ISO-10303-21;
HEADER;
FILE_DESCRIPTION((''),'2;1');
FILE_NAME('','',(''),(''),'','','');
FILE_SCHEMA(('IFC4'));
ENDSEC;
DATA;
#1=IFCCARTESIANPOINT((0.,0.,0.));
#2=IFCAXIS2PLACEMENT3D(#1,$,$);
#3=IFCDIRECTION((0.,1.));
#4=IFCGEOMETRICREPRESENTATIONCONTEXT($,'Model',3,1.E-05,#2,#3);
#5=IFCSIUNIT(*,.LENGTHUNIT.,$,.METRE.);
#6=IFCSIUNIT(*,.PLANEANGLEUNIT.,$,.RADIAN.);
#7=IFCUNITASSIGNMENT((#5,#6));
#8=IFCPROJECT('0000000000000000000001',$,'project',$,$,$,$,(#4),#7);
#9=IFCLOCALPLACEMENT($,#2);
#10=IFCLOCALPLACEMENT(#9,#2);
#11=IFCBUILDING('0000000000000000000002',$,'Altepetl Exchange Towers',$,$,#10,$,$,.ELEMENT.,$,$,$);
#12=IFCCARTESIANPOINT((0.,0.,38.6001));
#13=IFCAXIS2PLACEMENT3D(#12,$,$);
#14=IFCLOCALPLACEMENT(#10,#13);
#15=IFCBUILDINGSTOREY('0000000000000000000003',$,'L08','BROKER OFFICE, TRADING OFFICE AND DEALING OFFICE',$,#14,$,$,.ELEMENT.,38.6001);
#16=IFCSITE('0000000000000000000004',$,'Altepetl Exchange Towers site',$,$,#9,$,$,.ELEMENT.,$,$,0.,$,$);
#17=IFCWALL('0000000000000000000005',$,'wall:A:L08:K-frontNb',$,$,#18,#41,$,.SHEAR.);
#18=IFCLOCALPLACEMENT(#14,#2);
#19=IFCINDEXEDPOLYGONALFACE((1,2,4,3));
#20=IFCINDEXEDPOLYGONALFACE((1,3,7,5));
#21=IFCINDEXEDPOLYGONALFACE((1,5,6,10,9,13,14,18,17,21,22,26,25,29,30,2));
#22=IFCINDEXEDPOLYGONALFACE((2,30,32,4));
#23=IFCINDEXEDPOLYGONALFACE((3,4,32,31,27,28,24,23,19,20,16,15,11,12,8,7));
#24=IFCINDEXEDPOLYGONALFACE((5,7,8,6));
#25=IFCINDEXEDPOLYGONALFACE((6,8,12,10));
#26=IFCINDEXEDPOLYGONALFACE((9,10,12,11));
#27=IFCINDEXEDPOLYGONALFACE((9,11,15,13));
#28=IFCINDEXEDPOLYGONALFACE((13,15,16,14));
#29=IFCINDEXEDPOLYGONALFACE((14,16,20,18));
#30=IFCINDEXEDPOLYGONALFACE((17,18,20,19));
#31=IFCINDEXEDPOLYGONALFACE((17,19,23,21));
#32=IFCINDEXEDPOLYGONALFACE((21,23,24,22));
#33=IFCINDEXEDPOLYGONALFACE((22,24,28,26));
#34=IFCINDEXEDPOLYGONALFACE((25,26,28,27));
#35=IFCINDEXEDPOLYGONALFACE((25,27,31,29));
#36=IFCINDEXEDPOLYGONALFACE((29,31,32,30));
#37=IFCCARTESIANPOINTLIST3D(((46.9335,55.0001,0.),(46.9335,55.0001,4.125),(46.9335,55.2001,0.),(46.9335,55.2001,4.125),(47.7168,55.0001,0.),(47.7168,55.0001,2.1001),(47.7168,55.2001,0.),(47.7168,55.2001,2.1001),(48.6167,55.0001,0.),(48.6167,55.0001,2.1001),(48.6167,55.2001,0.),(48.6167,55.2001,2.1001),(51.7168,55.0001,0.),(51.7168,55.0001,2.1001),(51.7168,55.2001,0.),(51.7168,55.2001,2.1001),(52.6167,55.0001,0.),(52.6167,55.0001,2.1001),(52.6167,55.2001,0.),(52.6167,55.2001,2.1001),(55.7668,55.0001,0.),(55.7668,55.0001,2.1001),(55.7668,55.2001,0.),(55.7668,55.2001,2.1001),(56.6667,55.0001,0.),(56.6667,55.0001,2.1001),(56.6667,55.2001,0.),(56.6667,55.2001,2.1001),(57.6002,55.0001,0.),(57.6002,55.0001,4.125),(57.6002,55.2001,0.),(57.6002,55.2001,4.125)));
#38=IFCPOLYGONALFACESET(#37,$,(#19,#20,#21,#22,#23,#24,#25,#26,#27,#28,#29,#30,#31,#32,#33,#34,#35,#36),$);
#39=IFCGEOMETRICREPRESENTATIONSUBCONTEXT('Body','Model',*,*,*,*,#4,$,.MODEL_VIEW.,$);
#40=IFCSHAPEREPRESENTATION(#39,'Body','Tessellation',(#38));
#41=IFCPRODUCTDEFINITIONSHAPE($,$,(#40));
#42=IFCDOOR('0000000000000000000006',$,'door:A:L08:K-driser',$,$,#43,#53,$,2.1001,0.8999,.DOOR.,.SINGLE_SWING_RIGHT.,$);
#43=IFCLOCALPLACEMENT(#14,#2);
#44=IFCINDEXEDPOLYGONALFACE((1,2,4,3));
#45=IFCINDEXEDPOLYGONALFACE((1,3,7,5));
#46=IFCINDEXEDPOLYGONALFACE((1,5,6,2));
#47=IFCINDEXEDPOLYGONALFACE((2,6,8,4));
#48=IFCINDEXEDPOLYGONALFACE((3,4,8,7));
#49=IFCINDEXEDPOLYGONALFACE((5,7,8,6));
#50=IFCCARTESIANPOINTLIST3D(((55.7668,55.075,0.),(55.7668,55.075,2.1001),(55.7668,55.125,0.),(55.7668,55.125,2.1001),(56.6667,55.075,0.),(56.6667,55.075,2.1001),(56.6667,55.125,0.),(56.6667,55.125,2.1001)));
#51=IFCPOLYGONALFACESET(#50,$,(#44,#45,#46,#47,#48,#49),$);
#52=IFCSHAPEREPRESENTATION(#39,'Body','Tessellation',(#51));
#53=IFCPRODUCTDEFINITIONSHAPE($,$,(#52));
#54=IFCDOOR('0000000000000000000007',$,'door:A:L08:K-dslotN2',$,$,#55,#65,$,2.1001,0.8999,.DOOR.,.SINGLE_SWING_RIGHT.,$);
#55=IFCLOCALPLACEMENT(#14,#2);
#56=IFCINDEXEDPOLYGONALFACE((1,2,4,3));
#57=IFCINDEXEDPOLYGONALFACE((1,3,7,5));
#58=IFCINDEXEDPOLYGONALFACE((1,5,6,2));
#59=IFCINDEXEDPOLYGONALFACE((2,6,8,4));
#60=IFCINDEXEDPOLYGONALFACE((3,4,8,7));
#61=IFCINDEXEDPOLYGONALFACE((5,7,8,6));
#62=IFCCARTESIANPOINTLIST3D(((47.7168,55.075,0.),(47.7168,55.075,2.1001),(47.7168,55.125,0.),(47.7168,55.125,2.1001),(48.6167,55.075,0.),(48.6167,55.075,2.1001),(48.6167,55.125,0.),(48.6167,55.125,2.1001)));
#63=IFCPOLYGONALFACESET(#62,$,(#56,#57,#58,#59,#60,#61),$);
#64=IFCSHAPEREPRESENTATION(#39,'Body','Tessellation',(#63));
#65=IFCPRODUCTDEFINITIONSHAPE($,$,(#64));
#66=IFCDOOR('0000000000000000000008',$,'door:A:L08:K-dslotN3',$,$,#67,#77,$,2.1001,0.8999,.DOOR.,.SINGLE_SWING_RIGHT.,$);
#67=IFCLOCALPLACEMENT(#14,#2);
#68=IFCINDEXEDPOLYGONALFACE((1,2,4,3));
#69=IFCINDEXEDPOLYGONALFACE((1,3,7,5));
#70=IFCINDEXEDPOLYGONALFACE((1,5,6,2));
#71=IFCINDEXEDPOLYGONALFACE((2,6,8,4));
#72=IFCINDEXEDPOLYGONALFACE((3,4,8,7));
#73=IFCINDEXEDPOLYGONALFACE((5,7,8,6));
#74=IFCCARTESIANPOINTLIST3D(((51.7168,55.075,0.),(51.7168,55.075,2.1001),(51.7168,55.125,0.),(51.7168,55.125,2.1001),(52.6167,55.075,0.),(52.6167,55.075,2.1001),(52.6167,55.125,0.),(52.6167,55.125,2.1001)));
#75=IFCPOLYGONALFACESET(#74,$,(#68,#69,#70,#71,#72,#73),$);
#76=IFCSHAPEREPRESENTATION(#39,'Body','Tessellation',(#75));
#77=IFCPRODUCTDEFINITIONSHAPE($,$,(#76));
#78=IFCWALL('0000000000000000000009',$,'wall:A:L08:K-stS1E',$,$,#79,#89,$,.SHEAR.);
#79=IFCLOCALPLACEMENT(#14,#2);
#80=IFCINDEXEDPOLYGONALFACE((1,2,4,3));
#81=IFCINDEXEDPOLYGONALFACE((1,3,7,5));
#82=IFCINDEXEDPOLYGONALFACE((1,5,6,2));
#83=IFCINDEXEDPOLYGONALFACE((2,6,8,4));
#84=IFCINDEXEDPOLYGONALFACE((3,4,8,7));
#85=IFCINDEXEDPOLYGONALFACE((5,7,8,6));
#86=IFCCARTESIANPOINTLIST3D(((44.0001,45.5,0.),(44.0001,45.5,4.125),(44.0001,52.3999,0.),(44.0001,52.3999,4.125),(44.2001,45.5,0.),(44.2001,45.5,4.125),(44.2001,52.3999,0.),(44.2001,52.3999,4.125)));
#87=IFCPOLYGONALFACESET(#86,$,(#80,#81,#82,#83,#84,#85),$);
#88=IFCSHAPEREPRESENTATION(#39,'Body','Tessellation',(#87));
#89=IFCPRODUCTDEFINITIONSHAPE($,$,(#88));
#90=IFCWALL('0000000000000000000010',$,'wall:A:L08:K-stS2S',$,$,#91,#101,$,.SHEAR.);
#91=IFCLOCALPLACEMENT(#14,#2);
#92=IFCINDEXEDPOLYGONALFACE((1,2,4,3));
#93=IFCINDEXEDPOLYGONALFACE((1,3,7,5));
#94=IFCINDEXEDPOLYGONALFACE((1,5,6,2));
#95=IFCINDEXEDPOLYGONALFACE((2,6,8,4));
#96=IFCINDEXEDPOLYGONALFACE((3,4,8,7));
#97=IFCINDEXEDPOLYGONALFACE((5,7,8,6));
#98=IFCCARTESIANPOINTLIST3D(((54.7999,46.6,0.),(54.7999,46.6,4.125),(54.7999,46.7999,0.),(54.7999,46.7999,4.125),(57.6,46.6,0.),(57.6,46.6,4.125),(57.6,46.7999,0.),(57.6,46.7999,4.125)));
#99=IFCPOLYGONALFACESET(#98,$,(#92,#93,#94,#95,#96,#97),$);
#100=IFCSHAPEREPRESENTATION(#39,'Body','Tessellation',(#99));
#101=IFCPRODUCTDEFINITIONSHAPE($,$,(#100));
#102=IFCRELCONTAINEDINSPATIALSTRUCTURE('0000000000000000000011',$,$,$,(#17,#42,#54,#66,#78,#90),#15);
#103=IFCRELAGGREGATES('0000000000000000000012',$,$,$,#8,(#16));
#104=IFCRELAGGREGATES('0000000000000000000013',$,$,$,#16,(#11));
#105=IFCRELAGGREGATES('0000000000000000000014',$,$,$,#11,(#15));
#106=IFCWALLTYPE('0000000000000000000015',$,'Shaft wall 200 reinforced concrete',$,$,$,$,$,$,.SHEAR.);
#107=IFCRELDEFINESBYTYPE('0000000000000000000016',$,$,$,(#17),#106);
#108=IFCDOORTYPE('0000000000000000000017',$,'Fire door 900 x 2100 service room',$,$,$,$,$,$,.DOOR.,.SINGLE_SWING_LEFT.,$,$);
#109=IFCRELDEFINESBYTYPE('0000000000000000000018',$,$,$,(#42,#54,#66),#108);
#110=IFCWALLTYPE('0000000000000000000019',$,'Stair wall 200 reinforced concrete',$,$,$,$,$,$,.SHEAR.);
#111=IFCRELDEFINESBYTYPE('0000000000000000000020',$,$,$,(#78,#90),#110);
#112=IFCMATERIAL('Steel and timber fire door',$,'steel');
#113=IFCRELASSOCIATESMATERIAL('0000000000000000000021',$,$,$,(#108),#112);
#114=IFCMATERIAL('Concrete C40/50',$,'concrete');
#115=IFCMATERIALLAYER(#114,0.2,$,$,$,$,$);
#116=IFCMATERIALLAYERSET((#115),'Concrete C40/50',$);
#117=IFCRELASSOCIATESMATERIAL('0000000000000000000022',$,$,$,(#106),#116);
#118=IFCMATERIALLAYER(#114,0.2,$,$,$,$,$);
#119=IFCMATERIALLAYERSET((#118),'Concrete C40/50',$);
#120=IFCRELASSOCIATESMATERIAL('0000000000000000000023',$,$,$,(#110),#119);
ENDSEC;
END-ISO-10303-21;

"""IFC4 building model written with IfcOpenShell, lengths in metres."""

from ifc_helpers import new_model, si_unit, direction, frame, frame_2d, origin, place, context, subcontext, project, spatial, rectangle, extrude, material, layer, layer_set, type_object, element, fill, save


model = new_model("IFC4")

# Units and contexts
model_context = context("Model", 3, precision=1e-05, world=origin(), true_north=direction((0.0, 1.0)))
body_context = subcontext(model_context, "Body", "Model", "MODEL_VIEW")
ifc_project = project(units=[si_unit("LENGTHUNIT", "METRE"), si_unit("PLANEANGLEUNIT", "RADIAN")], contexts=[model_context])

# Site, building, storey
site_placement = place(None, origin())
site = spatial("IfcSite", under=ifc_project, at=site_placement, Name="Altepetl Exchange Towers site", CompositionType="ELEMENT", RefElevation=0.0)
building_placement = place(site_placement, origin())
building = spatial("IfcBuilding", under=site, at=building_placement, Name="Altepetl Exchange Towers", CompositionType="ELEMENT")
storey_placement = place(building_placement, frame((0.0, 0.0, 38.6001)))
storey = spatial("IfcBuildingStorey", under=building, at=storey_placement, Name="L08", Description="BROKER OFFICE, TRADING OFFICE AND DEALING OFFICE", CompositionType="ELEMENT", Elevation=38.6001)

# Shared definitions
ifc_material_1 = material(Name="Steel and timber fire door", Category="steel")

# Shared definitions
door_type_1 = type_object("IfcDoorType", Name="Fire door 900 x 2100 service room", OperationType="SINGLE_SWING_LEFT", PredefinedType="DOOR", material=ifc_material_1)

# Shared definitions
ifc_material_2 = material(Name="Concrete C40/50", Category="concrete")
ifc_layer_1 = layer(ifc_material_2, 0.2)
ifc_layer_set_1 = layer_set([ifc_layer_1], Name="Concrete C40/50")
wall_type_1 = type_object("IfcWallType", Name="Shaft wall 200 reinforced concrete", PredefinedType="SHEAR", material=ifc_layer_set_1)

# Wall, openings, doors
wall_1_placement = place(storey_placement, frame((46.9333, 55.1001, 0.0)))
wall_1 = element("IfcWall", 1, at=wall_1_placement, inside=storey, type_object=wall_type_1, Name="wall:A:L08:K-frontNb", PredefinedType="SHEAR", context=body_context, shape_type="SweptSolid", body=[
    extrude(rectangle(XDim=10.6667, YDim=0.2, at=frame_2d((5.3335, 0.0))), origin(), (0.0, 0.0, 1.0), 4.125),
])
opening_1_placement = place(wall_1_placement, frame((8.8335, 0.0, 0.0)))
opening_1 = element("IfcOpeningElement", 2, at=opening_1_placement, cuts=wall_1, PredefinedType="OPENING", context=body_context, shape_type="SweptSolid", body=[
    extrude(rectangle(XDim=0.8999, YDim=2.1001, at=frame_2d((0.45, 1.05))), frame((0.0, 0.1099, 0.0), z_axis=(0.0, -1.0, 0.0), x_axis=(1.0, 0.0, 0.0)), (0.0, 0.0, 1.0), 0.22),
])
opening_2_placement = place(wall_1_placement, frame((0.7834, 0.0, 0.0)))
opening_2 = element("IfcOpeningElement", 3, at=opening_2_placement, cuts=wall_1, PredefinedType="OPENING", context=body_context, shape_type="SweptSolid", body=[
    extrude(rectangle(XDim=0.8999, YDim=2.1001, at=frame_2d((0.45, 1.05))), frame((0.0, 0.1099, 0.0), z_axis=(0.0, -1.0, 0.0), x_axis=(1.0, 0.0, 0.0)), (0.0, 0.0, 1.0), 0.22),
])
opening_3_placement = place(wall_1_placement, frame((4.7834, 0.0, 0.0)))
opening_3 = element("IfcOpeningElement", 4, at=opening_3_placement, cuts=wall_1, PredefinedType="OPENING", context=body_context, shape_type="SweptSolid", body=[
    extrude(rectangle(XDim=0.8999, YDim=2.1001, at=frame_2d((0.45, 1.05))), frame((0.0, 0.1099, 0.0), z_axis=(0.0, -1.0, 0.0), x_axis=(1.0, 0.0, 0.0)), (0.0, 0.0, 1.0), 0.22),
])
door_1_placement = place(opening_1_placement, origin())
door_1 = element("IfcDoor", 5, at=door_1_placement, inside=storey, type_object=door_type_1, Name="door:A:L08:K-driser", OperationType="SINGLE_SWING_RIGHT", OverallHeight=2.1001, OverallWidth=0.8999, PredefinedType="DOOR", context=body_context, shape_type="SweptSolid", body=[
    extrude(rectangle(XDim=0.8999, YDim=2.1001, at=frame_2d((0.45, 1.05))), frame((0.0, 0.0249, 0.0), z_axis=(0.0, -1.0, 0.0), x_axis=(1.0, 0.0, 0.0)), (0.0, 0.0, 1.0), 0.05),
])
fill(opening_1, door_1)
door_2_placement = place(opening_2_placement, origin())
door_2 = element("IfcDoor", 6, at=door_2_placement, inside=storey, type_object=door_type_1, Name="door:A:L08:K-dslotN2", OperationType="SINGLE_SWING_RIGHT", OverallHeight=2.1001, OverallWidth=0.8999, PredefinedType="DOOR", context=body_context, shape_type="SweptSolid", body=[
    extrude(rectangle(XDim=0.8999, YDim=2.1001, at=frame_2d((0.45, 1.05))), frame((0.0, 0.0249, 0.0), z_axis=(0.0, -1.0, 0.0), x_axis=(1.0, 0.0, 0.0)), (0.0, 0.0, 1.0), 0.05),
])
fill(opening_2, door_2)
door_3_placement = place(opening_3_placement, origin())
door_3 = element("IfcDoor", 7, at=door_3_placement, inside=storey, type_object=door_type_1, Name="door:A:L08:K-dslotN3", OperationType="SINGLE_SWING_RIGHT", OverallHeight=2.1001, OverallWidth=0.8999, PredefinedType="DOOR", context=body_context, shape_type="SweptSolid", body=[
    extrude(rectangle(XDim=0.8999, YDim=2.1001, at=frame_2d((0.45, 1.05))), frame((0.0, 0.0249, 0.0), z_axis=(0.0, -1.0, 0.0), x_axis=(1.0, 0.0, 0.0)), (0.0, 0.0, 1.0), 0.05),
])
fill(opening_3, door_3)

# Walls
ifc_layer_2 = layer(ifc_material_2, 0.2)
ifc_layer_set_2 = layer_set([ifc_layer_2], Name="Concrete C40/50")
wall_type_2 = type_object("IfcWallType", Name="Stair wall 200 reinforced concrete", PredefinedType="SHEAR", material=ifc_layer_set_2)
wall_2_placement = place(storey_placement, frame((44.1001, 45.5, 0.0), z_axis=(0.0, 0.0, 1.0), x_axis=(0.0, 1.0, 0.0)))
element("IfcWall", 8, at=wall_2_placement, inside=storey, type_object=wall_type_2, Name="wall:A:L08:K-stS1E", PredefinedType="SHEAR", context=body_context, shape_type="SweptSolid", body=[
    extrude(rectangle(XDim=6.8999, YDim=0.2, at=frame_2d((3.45, 0.0))), origin(), (0.0, 0.0, 1.0), 4.125),
])
wall_3_placement = place(storey_placement, frame((54.8, 46.7, 0.0)))
element("IfcWall", 9, at=wall_3_placement, inside=storey, type_object=wall_type_2, Name="wall:A:L08:K-stS2S", PredefinedType="SHEAR", context=body_context, shape_type="SweptSolid", body=[
    extrude(rectangle(XDim=2.8, YDim=0.2, at=frame_2d((1.3999, 0.0))), origin(), (0.0, 0.0, 1.0), 4.125),
])

save(model, "model.ifc")
